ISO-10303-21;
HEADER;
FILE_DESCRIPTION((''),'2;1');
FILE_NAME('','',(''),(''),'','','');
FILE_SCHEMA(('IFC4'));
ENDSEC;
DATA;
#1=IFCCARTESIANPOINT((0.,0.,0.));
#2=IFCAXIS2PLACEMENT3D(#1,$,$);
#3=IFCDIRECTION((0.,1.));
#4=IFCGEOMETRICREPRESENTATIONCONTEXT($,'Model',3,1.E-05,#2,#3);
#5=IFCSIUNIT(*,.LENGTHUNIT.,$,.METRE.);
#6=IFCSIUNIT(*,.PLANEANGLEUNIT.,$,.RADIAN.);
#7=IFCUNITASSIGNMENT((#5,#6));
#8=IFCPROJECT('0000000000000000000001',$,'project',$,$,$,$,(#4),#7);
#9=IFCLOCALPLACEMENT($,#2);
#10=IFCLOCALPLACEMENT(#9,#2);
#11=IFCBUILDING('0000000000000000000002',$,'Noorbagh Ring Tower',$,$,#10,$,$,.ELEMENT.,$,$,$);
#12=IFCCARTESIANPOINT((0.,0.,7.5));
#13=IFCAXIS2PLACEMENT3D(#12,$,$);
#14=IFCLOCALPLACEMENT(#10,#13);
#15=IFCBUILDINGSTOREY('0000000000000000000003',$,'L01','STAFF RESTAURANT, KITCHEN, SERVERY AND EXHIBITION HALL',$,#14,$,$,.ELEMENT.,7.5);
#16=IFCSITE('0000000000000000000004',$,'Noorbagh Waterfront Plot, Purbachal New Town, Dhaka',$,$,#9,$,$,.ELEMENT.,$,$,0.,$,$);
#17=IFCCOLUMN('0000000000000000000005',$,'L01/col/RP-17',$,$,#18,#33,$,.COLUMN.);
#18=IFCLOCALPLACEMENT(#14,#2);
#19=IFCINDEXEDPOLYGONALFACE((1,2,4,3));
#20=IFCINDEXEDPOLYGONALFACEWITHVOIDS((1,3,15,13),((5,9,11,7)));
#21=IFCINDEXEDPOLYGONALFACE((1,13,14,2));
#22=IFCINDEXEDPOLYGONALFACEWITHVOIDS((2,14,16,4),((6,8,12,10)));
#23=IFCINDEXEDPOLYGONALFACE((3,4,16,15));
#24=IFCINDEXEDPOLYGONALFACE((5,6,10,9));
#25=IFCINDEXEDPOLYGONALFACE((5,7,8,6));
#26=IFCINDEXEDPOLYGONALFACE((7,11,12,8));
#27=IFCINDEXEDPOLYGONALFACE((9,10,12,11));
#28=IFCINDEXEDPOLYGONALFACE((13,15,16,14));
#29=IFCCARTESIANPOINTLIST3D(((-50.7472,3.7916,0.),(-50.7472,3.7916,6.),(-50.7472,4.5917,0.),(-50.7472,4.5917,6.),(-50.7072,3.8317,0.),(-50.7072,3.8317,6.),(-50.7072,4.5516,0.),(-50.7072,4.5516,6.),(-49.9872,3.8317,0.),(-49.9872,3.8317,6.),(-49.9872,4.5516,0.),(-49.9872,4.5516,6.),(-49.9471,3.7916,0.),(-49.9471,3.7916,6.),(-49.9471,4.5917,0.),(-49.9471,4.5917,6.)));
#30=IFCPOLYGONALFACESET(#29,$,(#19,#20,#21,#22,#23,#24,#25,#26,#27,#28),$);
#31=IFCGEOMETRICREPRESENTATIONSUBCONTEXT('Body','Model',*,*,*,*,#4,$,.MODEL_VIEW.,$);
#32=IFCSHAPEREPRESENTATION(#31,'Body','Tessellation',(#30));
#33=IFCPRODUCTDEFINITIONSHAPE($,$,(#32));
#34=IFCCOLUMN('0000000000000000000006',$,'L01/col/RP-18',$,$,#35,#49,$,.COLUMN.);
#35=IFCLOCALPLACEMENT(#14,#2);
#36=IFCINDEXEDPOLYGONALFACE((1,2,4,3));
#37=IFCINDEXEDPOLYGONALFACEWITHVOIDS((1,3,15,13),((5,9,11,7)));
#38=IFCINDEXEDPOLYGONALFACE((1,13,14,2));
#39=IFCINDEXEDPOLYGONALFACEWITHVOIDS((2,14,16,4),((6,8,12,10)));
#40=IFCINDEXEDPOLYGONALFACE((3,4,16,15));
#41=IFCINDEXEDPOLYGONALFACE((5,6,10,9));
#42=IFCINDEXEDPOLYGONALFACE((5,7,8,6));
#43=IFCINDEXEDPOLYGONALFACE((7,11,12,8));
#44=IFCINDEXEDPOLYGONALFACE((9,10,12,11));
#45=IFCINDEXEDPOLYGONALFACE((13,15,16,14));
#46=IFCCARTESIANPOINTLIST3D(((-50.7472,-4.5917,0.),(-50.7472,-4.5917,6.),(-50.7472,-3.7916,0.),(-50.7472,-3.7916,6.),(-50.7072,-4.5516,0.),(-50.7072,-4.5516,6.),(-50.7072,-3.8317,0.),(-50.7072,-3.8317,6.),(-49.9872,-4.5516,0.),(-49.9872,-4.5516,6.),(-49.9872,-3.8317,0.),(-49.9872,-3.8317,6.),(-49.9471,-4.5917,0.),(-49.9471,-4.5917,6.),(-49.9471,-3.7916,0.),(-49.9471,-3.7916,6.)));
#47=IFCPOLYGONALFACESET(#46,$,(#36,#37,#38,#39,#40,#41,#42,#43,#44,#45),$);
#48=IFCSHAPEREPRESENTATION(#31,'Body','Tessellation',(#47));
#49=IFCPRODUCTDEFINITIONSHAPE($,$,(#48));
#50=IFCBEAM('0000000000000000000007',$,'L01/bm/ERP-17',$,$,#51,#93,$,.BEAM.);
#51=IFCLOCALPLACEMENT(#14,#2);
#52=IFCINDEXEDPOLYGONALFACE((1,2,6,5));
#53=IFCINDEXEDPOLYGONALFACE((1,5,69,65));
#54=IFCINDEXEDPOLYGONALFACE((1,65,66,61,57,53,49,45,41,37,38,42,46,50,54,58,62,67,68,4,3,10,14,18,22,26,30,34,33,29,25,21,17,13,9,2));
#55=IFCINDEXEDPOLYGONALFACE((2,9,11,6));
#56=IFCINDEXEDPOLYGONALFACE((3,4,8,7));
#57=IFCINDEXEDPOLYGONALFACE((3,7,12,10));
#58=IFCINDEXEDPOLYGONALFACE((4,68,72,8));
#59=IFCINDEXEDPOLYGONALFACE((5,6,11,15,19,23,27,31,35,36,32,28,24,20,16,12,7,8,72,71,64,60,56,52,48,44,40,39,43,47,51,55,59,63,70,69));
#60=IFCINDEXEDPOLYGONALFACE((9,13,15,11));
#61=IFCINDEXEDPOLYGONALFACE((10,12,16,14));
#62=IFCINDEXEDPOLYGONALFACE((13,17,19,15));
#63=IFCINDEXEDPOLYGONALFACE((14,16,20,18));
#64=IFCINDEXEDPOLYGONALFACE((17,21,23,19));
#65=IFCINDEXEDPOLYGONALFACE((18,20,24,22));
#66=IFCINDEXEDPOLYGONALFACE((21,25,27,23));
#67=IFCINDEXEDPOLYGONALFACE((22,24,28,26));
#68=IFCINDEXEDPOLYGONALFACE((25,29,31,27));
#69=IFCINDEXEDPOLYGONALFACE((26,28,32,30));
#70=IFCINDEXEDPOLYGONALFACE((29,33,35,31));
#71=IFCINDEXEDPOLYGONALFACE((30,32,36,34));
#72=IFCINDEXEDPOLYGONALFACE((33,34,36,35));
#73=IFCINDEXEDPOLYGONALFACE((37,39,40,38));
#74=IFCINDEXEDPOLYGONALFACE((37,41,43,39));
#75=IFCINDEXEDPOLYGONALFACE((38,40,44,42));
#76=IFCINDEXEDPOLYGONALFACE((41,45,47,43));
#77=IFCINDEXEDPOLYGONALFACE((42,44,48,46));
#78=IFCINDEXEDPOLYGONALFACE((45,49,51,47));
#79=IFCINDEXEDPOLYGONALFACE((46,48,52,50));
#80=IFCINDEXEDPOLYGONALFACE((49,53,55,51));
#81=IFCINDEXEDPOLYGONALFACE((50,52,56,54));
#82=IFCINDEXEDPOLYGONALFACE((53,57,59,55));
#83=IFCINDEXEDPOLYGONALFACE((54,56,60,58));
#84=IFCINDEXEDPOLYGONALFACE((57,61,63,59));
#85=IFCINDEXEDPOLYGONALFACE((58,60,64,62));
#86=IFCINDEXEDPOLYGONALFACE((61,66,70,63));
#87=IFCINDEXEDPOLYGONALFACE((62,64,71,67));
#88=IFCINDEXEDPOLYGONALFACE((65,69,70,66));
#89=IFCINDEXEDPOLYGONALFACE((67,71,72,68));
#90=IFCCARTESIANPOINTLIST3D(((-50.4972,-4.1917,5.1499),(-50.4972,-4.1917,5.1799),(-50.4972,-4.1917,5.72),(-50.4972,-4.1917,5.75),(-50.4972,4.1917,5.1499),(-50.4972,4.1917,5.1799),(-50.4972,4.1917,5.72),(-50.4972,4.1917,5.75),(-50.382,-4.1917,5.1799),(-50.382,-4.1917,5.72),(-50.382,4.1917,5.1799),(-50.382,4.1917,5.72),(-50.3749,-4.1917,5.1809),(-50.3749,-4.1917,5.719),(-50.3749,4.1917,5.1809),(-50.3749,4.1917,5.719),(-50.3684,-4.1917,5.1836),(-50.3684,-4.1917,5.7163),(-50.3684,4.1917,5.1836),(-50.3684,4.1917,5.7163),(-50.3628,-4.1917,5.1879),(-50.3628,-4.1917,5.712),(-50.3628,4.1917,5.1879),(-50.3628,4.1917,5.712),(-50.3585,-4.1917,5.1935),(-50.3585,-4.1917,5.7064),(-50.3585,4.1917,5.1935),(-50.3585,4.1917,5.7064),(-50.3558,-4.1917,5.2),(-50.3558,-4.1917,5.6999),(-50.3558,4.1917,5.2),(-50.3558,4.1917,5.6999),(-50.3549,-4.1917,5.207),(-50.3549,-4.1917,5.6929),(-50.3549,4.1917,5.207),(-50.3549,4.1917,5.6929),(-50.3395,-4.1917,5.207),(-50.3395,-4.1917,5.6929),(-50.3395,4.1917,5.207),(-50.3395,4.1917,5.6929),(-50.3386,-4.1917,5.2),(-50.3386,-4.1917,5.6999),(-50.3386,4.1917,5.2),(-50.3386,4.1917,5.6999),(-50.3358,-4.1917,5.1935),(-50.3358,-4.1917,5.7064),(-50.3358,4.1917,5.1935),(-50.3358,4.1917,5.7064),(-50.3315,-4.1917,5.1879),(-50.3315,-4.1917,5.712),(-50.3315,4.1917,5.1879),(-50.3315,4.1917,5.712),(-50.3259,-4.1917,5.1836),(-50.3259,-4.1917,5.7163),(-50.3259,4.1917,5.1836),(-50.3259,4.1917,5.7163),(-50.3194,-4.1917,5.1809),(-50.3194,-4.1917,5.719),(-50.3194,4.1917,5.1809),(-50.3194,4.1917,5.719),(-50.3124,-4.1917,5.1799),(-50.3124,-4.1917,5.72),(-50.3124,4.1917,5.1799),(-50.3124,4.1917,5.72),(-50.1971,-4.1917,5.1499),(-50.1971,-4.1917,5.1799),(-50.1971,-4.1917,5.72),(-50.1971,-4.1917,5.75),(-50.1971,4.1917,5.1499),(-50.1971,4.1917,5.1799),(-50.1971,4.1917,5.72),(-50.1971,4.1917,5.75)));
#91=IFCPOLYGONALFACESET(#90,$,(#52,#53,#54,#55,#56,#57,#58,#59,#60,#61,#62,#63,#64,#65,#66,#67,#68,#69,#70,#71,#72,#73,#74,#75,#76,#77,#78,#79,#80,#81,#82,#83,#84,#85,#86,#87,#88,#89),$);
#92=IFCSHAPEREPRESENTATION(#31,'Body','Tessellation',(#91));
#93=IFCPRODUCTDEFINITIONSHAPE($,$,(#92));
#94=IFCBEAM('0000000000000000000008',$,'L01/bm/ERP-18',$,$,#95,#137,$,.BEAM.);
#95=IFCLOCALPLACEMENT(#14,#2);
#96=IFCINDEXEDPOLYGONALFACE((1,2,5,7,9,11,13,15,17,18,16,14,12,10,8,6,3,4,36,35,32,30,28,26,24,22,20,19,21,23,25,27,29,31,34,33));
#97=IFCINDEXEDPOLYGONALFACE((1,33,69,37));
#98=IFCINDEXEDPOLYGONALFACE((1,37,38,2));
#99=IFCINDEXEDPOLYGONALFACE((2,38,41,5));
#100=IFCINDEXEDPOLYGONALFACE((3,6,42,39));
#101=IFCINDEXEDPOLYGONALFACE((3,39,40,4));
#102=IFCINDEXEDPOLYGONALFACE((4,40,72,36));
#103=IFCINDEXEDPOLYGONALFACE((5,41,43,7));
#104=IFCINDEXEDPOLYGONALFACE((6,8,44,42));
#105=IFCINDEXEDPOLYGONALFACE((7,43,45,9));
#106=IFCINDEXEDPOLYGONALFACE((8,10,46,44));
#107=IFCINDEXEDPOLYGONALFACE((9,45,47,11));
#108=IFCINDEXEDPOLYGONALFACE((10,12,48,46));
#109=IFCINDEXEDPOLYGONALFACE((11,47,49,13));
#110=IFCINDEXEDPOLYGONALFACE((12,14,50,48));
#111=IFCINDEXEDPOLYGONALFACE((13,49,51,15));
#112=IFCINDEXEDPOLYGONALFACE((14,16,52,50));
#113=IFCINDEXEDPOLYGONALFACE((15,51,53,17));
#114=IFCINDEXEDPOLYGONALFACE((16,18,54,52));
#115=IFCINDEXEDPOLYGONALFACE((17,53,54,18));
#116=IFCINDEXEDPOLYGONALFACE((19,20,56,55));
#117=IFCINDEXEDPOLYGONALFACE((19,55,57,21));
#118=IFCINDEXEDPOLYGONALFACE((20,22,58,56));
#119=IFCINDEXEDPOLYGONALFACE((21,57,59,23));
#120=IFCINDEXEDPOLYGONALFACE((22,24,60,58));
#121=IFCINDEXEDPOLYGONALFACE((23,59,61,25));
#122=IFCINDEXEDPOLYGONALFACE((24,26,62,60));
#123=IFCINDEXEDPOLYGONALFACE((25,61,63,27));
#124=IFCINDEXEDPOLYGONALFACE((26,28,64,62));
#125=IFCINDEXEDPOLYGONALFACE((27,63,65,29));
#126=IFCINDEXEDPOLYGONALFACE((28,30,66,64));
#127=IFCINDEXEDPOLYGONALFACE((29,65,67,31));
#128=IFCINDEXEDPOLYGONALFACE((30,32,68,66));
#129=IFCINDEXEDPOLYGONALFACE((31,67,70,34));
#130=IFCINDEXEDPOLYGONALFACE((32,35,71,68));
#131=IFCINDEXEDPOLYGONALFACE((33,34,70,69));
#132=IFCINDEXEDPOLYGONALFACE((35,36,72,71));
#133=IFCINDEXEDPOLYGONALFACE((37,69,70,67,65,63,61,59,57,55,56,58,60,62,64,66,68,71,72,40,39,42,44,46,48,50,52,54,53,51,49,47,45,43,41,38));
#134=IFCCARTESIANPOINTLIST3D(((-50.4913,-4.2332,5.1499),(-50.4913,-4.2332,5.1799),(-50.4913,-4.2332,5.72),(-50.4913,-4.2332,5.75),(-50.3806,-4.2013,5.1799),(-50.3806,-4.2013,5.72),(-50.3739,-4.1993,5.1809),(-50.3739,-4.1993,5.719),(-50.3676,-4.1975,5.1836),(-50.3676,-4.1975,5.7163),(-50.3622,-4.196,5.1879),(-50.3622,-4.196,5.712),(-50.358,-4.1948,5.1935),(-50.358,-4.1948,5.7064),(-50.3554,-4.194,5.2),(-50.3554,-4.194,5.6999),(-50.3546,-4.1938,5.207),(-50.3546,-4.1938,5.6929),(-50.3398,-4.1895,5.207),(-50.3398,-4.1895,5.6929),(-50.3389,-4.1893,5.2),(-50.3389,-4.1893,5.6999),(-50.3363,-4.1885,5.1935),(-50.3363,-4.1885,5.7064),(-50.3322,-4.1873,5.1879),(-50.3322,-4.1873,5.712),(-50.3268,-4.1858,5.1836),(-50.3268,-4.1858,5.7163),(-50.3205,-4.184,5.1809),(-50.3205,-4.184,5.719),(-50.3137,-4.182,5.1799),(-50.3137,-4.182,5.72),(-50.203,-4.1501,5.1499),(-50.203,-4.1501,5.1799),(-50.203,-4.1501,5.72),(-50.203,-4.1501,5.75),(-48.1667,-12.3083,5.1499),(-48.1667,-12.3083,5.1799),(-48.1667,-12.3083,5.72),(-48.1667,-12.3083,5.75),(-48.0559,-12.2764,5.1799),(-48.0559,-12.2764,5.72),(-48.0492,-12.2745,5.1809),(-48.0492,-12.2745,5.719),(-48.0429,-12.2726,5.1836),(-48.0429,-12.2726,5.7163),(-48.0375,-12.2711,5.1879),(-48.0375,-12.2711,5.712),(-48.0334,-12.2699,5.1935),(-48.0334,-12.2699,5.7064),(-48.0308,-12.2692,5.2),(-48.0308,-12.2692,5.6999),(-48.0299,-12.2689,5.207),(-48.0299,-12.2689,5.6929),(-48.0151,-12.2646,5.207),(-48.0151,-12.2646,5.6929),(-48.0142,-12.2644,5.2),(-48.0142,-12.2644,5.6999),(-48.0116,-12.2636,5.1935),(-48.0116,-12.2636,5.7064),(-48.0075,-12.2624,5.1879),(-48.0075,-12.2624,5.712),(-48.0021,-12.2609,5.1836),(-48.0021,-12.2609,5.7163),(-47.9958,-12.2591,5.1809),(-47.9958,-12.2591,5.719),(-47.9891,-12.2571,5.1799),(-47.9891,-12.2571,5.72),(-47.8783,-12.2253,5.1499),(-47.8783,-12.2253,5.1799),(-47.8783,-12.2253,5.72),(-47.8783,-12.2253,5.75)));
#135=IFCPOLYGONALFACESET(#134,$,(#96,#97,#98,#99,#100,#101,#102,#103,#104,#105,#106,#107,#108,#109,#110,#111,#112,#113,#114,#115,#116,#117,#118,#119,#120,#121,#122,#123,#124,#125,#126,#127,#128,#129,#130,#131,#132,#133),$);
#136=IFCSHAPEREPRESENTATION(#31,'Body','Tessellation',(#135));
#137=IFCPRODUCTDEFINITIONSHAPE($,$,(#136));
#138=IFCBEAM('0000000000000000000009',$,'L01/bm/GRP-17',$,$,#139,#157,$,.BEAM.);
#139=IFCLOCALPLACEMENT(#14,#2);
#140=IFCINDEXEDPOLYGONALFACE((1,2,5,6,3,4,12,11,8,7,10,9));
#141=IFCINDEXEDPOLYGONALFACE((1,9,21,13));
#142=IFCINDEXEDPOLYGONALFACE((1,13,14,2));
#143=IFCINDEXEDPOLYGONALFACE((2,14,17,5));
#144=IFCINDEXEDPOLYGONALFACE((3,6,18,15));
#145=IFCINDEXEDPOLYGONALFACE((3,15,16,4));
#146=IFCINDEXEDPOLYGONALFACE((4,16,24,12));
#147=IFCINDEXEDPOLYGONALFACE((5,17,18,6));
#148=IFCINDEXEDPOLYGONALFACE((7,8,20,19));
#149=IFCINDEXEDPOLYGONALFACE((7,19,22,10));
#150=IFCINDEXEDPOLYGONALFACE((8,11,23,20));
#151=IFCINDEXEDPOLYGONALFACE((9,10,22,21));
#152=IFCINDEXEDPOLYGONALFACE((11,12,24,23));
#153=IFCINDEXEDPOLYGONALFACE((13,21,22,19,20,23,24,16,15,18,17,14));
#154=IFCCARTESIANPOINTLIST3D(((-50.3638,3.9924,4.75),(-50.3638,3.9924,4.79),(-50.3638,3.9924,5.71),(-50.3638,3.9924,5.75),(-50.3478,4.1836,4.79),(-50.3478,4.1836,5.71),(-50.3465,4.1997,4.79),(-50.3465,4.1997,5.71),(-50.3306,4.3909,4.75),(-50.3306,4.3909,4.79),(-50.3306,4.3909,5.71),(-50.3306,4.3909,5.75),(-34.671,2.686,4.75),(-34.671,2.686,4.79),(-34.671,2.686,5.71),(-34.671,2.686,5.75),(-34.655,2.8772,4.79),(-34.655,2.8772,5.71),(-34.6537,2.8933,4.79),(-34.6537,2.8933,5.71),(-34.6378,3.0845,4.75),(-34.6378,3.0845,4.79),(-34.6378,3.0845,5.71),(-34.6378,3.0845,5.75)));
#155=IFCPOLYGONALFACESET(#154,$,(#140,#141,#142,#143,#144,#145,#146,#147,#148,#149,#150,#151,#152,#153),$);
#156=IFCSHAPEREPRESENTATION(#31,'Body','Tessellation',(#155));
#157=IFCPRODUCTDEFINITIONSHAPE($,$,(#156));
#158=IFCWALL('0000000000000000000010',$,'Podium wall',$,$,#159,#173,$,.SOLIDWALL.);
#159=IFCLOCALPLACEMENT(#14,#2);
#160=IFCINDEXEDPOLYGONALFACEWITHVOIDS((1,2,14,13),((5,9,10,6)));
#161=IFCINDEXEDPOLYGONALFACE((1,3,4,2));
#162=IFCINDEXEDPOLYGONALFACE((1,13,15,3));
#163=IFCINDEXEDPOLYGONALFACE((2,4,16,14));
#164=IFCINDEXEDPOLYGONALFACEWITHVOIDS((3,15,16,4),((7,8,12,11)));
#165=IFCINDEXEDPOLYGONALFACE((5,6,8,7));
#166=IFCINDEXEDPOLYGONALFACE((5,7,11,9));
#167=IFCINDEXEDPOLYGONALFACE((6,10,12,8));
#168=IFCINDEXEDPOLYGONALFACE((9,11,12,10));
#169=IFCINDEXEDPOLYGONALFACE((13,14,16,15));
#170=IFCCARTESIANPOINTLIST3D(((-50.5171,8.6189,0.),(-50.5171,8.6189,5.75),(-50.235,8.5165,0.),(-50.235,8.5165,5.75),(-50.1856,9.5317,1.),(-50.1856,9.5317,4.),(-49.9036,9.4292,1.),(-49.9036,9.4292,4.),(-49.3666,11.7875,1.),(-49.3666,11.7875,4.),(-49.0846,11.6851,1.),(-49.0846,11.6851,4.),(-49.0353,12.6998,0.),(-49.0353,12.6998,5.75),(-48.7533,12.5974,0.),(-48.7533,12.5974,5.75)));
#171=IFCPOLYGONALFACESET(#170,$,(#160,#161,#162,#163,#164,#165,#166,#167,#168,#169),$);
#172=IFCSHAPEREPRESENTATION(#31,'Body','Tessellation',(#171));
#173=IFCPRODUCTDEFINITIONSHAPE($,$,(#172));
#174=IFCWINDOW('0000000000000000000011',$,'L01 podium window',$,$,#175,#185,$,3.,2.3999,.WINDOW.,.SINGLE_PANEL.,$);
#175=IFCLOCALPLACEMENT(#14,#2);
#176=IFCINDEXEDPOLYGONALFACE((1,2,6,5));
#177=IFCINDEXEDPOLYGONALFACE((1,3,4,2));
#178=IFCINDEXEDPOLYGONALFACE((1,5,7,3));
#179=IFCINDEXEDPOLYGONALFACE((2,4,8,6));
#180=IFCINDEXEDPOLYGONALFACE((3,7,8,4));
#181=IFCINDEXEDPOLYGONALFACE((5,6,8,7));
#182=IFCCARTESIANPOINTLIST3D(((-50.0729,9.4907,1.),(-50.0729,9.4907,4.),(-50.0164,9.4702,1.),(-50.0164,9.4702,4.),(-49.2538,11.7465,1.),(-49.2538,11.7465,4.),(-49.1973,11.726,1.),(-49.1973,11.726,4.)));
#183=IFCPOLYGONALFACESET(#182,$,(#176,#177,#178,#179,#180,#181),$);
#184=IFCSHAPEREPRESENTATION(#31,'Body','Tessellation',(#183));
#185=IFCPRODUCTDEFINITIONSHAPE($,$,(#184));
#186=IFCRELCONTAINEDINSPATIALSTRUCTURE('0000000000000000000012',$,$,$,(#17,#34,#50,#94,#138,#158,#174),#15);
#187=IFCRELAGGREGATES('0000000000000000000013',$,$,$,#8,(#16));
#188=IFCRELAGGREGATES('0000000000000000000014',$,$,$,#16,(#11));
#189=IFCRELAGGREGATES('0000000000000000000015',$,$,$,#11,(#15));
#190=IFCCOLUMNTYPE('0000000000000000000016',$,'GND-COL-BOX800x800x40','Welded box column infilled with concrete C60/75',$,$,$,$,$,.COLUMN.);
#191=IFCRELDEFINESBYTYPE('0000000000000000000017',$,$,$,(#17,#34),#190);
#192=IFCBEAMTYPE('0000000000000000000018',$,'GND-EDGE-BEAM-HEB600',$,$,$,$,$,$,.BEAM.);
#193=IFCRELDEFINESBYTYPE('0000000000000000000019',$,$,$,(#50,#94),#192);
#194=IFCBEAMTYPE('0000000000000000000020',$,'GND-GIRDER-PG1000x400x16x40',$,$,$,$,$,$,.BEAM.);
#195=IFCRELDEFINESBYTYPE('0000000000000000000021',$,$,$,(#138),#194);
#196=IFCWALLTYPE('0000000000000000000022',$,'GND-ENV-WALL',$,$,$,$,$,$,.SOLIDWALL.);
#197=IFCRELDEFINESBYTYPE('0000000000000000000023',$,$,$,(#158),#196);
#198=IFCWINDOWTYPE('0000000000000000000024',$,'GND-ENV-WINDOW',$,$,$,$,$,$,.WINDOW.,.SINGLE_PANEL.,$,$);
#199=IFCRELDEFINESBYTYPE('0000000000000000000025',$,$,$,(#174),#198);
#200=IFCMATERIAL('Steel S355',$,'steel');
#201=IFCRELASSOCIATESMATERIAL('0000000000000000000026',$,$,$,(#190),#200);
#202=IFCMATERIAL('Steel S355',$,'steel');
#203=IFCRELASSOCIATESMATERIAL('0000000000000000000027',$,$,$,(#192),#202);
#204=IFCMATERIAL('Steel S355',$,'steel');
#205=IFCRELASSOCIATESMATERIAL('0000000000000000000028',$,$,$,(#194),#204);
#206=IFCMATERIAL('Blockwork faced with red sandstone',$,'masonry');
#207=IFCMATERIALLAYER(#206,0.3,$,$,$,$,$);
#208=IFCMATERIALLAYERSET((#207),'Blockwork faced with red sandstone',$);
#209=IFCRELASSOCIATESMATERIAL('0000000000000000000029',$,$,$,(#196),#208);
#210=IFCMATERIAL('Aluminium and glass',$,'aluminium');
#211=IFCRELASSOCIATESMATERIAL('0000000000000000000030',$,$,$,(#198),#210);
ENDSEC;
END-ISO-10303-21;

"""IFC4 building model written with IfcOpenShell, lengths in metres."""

from ifc_helpers import new_model, si_unit, direction, frame, frame_2d, origin, origin_2d, place, context, subcontext, project, spatial, rectangle, hollow_rectangle, i_section, extrude, material, layer, layer_set, material_profile, profile_set, type_object, element, fill, save


model = new_model("IFC4")

# Units and contexts
model_context = context("Model", 3, precision=1e-05, world=origin(), true_north=direction((0.0, 1.0)))
body_context = subcontext(model_context, "Body", "Model", "MODEL_VIEW")
ifc_project = project(units=[si_unit("LENGTHUNIT", "METRE"), si_unit("PLANEANGLEUNIT", "RADIAN")], contexts=[model_context])

# Site, building, storey
site_placement = place(None, origin())
site = spatial("IfcSite", under=ifc_project, at=site_placement, Name="Noorbagh Waterfront Plot, Purbachal New Town, Dhaka", CompositionType="ELEMENT", RefElevation=0.0)
building_placement = place(site_placement, origin())
building = spatial("IfcBuilding", under=site, at=building_placement, Name="Noorbagh Ring Tower", CompositionType="ELEMENT")
storey_placement = place(building_placement, frame((0.0, 0.0, 7.5)))
storey = spatial("IfcBuildingStorey", under=building, at=storey_placement, Name="L01", Description="STAFF RESTAURANT, KITCHEN, SERVERY AND EXHIBITION HALL", CompositionType="ELEMENT", Elevation=7.5)

# Columns
ifc_material_1 = material(Name="Steel S355", Category="steel")
ifc_material_profile_1 = material_profile(ifc_material_1, hollow_rectangle(XDim=0.8, YDim=0.8, WallThickness=0.04, at=origin_2d()), Name="BOX800x800x40")
ifc_profile_set_1 = profile_set([ifc_material_profile_1], Name="Steel S355")
column_type = type_object("IfcColumnType", Name="GND-COL-BOX800x800x40", Description="Welded box column infilled with concrete C60/75", PredefinedType="COLUMN", material=ifc_profile_set_1)
for number, where, z_axis, x_axis, name in (
    (1, (-50.3472, 4.1917, 0.0), (0.0, 0.0, 1.0), (1.0, 0.0, 0.0), "L01/col/RP-17"),
    (2, (-50.3472, -4.1917, 0.0), (0.0, 0.0, 1.0), (1.0, 0.0, 0.0), "L01/col/RP-18"),
):
    element("IfcColumn", number, at=place(storey_placement, frame(where, z_axis=z_axis, x_axis=x_axis)), inside=storey, type_object=column_type, Name=name, PredefinedType="COLUMN", context=body_context, shape_type="SweptSolid", body=[
        extrude(hollow_rectangle(XDim=0.8, YDim=0.8, WallThickness=0.04, at=origin_2d()), origin(), (0.0, 0.0, 1.0), 6.0),
    ])

# Beams
ifc_material_2 = material(Name="Steel S355", Category="steel")
ifc_material_profile_2 = material_profile(ifc_material_2, i_section(OverallWidth=0.3, OverallDepth=0.6001, WebThickness=0.0154, FlangeThickness=0.03, FilletRadius=0.0271, at=origin_2d()), Name="HEB600")
ifc_profile_set_2 = profile_set([ifc_material_profile_2], Name="Steel S355")
beam_type_1 = type_object("IfcBeamType", Name="GND-EDGE-BEAM-HEB600", PredefinedType="BEAM", material=ifc_profile_set_2)
beam_1_placement = place(storey_placement, frame((-50.3472, 4.1917, 5.45), z_axis=(0.0, -1.0, 0.0), x_axis=(1.0, 0.0, 0.0)))
element("IfcBeam", 3, at=beam_1_placement, inside=storey, type_object=beam_type_1, Name="L01/bm/ERP-17", PredefinedType="BEAM", context=body_context, shape_type="SweptSolid", body=[
    extrude(i_section(OverallWidth=0.3, OverallDepth=0.6001, WebThickness=0.0154, FlangeThickness=0.03, FilletRadius=0.0271, at=origin_2d()), origin(), (0.0, 0.0, 1.0), 8.3833),
])
beam_2_placement = place(storey_placement, frame((-50.3472, -4.1917, 5.45), z_axis=(0.276647, -0.960972, 0.0), x_axis=(0.960972, 0.276647, 0.0)))
element("IfcBeam", 4, at=beam_2_placement, inside=storey, type_object=beam_type_1, Name="L01/bm/ERP-18", PredefinedType="BEAM", context=body_context, shape_type="SweptSolid", body=[
    extrude(i_section(OverallWidth=0.3, OverallDepth=0.6001, WebThickness=0.0154, FlangeThickness=0.03, FilletRadius=0.0271, at=origin_2d()), origin(), (0.0, 0.0, 1.0), 8.4031),
])
ifc_material_3 = material(Name="Steel S355", Category="steel")
ifc_material_profile_3 = material_profile(ifc_material_3, i_section(OverallWidth=0.3999, OverallDepth=1.0, WebThickness=0.0161, FlangeThickness=0.04, at=origin_2d()), Name="PG1000x400x16x40")
ifc_profile_set_3 = profile_set([ifc_material_profile_3], Name="Steel S355")
beam_type_2 = type_object("IfcBeamType", Name="GND-GIRDER-PG1000x400x16x40", PredefinedType="BEAM", material=ifc_profile_set_3)
beam_3_placement = place(storey_placement, frame((-50.3472, 4.1917, 5.25), z_axis=(0.996553, -0.082961, 0.0), x_axis=(0.082961, 0.996553, 0.0)))
element("IfcBeam", 5, at=beam_3_placement, inside=storey, type_object=beam_type_2, Name="L01/bm/GRP-17", PredefinedType="BEAM", context=body_context, shape_type="SweptSolid", body=[
    extrude(i_section(OverallWidth=0.3999, OverallDepth=1.0, WebThickness=0.0161, FlangeThickness=0.04, at=origin_2d()), origin(), (0.0, 0.0, 1.0), 15.7471),
])

# Wall, opening, window
ifc_material_4 = material(Name="Blockwork faced with red sandstone", Category="masonry")
ifc_layer_1 = layer(ifc_material_4, 0.3)
ifc_layer_set_1 = layer_set([ifc_layer_1], Name="Blockwork faced with red sandstone")
wall_type_1 = type_object("IfcWallType", Name="GND-ENV-WALL", PredefinedType="SOLIDWALL", material=ifc_layer_set_1)
wall_1_placement = place(storey_placement, frame((-48.8943, 12.6487, 0.0), z_axis=(0.0, 0.0, 1.0), x_axis=(-0.341287, -0.939959, 0.0)))
wall_1 = element("IfcWall", 6, at=wall_1_placement, inside=storey, type_object=wall_type_1, Name="Podium wall", PredefinedType="SOLIDWALL", context=body_context, shape_type="SweptSolid", body=[
    extrude(rectangle(XDim=4.3416, YDim=0.3, at=frame_2d((2.1709, 0.0))), origin(), (0.0, 0.0, 1.0), 5.75),
])
opening_1_placement = place(wall_1_placement, frame((0.9707, 0.0, 1.0)))
opening_1 = element("IfcOpeningElement", 7, at=opening_1_placement, cuts=wall_1, PredefinedType="OPENING", context=body_context, shape_type="SweptSolid", body=[
    extrude(rectangle(XDim=2.3999, YDim=3.0, at=frame_2d((1.2, 1.5))), frame((0.0, 0.1602, 0.0), z_axis=(0.0, -1.0, 0.0), x_axis=(1.0, 0.0, 0.0)), (0.0, 0.0, 1.0), 0.3201),
])
ifc_material_5 = material(Name="Aluminium and glass", Category="aluminium")
window_type = type_object("IfcWindowType", Name="GND-ENV-WINDOW", PartitioningType="SINGLE_PANEL", PredefinedType="WINDOW", material=ifc_material_5)
window_1_placement = place(opening_1_placement, origin())
window_1 = element("IfcWindow", 8, at=window_1_placement, inside=storey, type_object=window_type, Name="L01 podium window", OverallHeight=3.0, OverallWidth=2.3999, PartitioningType="SINGLE_PANEL", PredefinedType="WINDOW", context=body_context, shape_type="SweptSolid", body=[
    extrude(rectangle(XDim=2.3999, YDim=3.0, at=frame_2d((1.2, 1.5))), frame((0.0, 0.03, 0.0), z_axis=(0.0, -1.0, 0.0), x_axis=(1.0, 0.0, 0.0)), (0.0, 0.0, 1.0), 0.0601),
])
fill(opening_1, window_1)

save(model, "model.ifc")
